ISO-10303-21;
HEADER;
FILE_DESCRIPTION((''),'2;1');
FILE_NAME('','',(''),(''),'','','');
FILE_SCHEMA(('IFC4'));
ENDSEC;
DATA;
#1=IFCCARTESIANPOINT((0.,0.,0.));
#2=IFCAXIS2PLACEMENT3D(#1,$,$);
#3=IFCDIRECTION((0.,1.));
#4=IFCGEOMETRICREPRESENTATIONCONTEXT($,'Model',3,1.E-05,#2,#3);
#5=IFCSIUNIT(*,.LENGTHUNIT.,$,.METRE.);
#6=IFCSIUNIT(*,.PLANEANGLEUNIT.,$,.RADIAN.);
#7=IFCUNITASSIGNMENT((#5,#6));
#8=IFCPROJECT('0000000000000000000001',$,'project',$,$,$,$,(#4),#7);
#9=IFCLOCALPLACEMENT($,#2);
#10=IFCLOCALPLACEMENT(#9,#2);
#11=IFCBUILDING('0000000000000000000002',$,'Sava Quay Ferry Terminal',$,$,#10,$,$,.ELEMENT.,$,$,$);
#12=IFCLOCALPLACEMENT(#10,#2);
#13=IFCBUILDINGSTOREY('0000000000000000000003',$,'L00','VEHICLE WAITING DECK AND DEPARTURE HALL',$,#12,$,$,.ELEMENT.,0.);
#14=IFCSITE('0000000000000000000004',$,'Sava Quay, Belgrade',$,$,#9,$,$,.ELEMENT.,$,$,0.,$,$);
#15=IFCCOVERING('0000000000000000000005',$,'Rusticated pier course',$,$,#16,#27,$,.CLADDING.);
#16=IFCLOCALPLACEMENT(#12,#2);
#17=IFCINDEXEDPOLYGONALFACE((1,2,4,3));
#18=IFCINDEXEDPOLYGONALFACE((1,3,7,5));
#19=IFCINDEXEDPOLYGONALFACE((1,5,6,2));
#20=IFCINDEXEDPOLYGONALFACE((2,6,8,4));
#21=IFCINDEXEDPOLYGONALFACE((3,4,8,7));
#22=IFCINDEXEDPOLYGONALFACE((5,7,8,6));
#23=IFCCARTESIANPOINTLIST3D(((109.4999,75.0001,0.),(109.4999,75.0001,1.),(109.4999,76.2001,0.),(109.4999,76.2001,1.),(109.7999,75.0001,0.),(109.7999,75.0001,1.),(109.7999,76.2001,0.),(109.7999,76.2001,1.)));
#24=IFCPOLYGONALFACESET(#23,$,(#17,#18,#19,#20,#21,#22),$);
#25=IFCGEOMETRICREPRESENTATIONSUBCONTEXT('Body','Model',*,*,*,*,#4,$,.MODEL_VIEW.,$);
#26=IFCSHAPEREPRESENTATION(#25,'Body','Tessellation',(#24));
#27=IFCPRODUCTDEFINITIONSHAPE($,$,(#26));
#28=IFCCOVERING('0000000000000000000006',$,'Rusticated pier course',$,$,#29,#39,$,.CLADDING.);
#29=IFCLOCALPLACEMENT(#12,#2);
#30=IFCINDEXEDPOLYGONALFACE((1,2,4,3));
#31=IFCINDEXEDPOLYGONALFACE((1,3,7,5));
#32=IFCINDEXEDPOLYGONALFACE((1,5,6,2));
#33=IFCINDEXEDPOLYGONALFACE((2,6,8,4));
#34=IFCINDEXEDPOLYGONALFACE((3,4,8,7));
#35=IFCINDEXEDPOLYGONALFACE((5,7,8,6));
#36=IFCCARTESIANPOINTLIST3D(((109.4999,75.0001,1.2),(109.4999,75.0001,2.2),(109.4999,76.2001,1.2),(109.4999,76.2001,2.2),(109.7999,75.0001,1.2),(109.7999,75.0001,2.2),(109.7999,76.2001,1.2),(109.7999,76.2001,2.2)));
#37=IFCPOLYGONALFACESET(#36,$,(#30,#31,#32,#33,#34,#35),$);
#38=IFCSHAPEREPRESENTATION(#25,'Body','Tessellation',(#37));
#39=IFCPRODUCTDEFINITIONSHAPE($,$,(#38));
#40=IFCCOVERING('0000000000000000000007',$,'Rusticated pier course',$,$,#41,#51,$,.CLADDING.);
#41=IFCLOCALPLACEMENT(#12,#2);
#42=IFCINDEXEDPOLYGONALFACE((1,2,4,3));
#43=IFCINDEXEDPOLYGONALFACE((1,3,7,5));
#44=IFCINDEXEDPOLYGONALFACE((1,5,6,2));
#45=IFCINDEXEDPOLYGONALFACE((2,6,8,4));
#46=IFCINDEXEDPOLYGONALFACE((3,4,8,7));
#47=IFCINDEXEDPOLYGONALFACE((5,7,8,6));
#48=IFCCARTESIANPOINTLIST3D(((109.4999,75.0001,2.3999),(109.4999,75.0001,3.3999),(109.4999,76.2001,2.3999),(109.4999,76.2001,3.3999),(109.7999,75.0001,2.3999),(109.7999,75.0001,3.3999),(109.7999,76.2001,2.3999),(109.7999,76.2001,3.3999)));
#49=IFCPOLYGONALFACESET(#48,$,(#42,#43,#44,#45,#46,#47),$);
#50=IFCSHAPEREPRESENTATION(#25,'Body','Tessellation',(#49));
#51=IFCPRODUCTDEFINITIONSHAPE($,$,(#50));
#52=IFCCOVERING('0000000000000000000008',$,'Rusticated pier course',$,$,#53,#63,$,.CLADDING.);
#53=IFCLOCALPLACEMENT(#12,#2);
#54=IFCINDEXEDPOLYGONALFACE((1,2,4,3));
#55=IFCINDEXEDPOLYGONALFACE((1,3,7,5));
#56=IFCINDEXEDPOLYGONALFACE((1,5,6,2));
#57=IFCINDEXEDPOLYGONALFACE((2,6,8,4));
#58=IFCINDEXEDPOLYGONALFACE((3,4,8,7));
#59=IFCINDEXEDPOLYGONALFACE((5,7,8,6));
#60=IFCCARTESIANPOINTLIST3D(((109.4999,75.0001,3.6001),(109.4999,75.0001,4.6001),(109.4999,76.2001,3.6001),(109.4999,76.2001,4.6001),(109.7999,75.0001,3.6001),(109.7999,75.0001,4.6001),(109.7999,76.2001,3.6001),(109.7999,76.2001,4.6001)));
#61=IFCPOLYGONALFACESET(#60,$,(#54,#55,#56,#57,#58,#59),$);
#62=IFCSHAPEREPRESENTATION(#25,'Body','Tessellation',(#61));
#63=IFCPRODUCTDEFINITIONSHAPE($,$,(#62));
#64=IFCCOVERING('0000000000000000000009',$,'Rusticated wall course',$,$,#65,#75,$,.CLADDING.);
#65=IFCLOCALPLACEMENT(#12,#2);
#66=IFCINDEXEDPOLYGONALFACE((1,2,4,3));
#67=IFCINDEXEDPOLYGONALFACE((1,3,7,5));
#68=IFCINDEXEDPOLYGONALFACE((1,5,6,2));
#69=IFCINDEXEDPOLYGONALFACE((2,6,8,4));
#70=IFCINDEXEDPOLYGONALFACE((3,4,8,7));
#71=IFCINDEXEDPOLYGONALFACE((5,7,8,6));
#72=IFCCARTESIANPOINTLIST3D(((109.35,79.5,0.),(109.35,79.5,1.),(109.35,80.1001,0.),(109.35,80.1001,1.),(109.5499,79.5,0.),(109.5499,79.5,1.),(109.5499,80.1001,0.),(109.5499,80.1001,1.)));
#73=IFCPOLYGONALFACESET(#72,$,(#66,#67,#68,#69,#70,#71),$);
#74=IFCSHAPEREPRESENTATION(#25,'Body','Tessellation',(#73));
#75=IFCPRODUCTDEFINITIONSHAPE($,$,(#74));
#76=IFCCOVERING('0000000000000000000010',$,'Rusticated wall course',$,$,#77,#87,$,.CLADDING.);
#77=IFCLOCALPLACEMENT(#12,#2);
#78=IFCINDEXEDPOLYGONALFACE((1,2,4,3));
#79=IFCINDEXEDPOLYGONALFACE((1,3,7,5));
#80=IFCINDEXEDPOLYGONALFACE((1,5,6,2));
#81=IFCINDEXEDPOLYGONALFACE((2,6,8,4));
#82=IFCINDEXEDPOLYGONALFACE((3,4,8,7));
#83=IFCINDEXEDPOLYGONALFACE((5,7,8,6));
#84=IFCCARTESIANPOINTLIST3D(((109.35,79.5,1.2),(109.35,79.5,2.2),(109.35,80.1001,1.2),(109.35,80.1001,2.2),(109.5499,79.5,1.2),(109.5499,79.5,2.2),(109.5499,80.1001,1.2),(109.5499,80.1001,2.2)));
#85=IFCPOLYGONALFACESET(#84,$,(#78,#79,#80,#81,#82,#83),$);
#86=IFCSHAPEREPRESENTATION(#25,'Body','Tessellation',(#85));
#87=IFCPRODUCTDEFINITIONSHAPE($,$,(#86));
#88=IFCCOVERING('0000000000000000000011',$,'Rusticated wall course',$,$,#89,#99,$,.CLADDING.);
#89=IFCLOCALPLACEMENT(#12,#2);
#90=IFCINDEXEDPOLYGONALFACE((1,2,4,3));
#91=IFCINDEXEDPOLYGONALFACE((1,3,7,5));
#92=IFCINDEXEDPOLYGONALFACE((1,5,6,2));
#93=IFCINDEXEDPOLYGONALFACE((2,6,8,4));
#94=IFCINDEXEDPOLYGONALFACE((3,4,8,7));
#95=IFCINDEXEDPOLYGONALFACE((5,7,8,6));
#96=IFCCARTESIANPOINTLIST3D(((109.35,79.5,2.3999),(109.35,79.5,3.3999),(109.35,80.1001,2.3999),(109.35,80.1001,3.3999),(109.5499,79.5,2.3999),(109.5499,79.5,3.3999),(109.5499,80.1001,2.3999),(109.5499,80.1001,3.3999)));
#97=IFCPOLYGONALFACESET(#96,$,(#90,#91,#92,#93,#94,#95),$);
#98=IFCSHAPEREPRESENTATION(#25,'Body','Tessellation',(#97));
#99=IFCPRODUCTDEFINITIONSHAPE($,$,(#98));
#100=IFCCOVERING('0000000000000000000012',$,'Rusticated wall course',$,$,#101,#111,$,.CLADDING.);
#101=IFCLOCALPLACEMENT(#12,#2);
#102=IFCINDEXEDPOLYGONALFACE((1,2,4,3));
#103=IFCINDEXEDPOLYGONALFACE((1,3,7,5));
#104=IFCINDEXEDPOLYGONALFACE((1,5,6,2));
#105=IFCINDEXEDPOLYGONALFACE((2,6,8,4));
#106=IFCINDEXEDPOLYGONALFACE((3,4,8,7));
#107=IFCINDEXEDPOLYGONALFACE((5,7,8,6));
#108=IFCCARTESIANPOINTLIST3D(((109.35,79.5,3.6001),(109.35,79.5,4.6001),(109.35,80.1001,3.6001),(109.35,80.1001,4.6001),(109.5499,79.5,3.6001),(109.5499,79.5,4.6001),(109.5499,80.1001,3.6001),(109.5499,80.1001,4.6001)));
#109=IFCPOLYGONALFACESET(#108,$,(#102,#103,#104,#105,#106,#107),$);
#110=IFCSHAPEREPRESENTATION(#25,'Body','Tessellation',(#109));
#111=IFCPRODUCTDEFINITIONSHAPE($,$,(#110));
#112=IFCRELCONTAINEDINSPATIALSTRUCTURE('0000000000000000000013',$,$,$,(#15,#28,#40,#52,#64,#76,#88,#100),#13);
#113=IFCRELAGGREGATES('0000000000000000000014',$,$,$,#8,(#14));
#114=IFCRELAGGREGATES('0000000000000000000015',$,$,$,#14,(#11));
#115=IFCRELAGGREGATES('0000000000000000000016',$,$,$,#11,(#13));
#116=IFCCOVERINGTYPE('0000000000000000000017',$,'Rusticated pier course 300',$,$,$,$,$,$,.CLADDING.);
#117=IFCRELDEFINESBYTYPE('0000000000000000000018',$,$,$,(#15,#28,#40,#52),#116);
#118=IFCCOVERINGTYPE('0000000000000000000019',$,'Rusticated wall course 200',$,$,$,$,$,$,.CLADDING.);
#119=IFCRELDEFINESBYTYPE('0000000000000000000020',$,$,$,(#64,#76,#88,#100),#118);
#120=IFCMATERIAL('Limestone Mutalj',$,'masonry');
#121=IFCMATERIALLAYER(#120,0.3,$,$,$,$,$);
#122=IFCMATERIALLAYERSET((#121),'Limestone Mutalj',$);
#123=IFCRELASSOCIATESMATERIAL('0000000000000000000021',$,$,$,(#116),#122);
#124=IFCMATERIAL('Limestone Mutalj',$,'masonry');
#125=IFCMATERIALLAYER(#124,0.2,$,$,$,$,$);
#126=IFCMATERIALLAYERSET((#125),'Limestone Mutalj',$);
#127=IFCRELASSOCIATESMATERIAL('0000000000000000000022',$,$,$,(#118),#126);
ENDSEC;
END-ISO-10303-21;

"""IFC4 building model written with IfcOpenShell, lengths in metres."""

from ifc_helpers import new_model, si_unit, direction, frame, origin, origin_2d, place, context, subcontext, project, spatial, rectangle, extrude, material, layer, layer_set, type_object, element, save


model = new_model("IFC4")

# Units and contexts
model_context = context("Model", 3, precision=1e-05, world=origin(), true_north=direction((0.0, 1.0)))
body_context = subcontext(model_context, "Body", "Model", "MODEL_VIEW")
ifc_project = project(units=[si_unit("LENGTHUNIT", "METRE"), si_unit("PLANEANGLEUNIT", "RADIAN")], contexts=[model_context])

# Site, building, storey
site_placement = place(None, origin())
site = spatial("IfcSite", under=ifc_project, at=site_placement, Name="Sava Quay, Belgrade", CompositionType="ELEMENT", RefElevation=0.0)
building_placement = place(site_placement, origin())
building = spatial("IfcBuilding", under=site, at=building_placement, Name="Sava Quay Ferry Terminal", CompositionType="ELEMENT")
storey_placement = place(building_placement, origin())
storey = spatial("IfcBuildingStorey", under=building, at=storey_placement, Name="L00", Description="VEHICLE WAITING DECK AND DEPARTURE HALL", CompositionType="ELEMENT", Elevation=0.0)

# Coverings
ifc_material_1 = material(Name="Limestone Mutalj", Category="masonry")
ifc_layer_1 = layer(ifc_material_1, 0.3)
ifc_layer_set_1 = layer_set([ifc_layer_1], Name="Limestone Mutalj")
covering_type_1 = type_object("IfcCoveringType", Name="Rusticated pier course 300", PredefinedType="CLADDING", material=ifc_layer_set_1)
for number, where, z_axis, x_axis, name in (
    (1, (109.6499, 75.6001, 0.0), (0.0, 0.0, 1.0), (1.0, 0.0, 0.0), "Rusticated pier course"),
    (2, (109.6499, 75.6001, 1.2), (0.0, 0.0, 1.0), (1.0, 0.0, 0.0), "Rusticated pier course"),
    (3, (109.6499, 75.6001, 2.3999), (0.0, 0.0, 1.0), (1.0, 0.0, 0.0), "Rusticated pier course"),
    (4, (109.6499, 75.6001, 3.6001), (0.0, 0.0, 1.0), (1.0, 0.0, 0.0), "Rusticated pier course"),
):
    element("IfcCovering", number, at=place(storey_placement, frame(where, z_axis=z_axis, x_axis=x_axis)), inside=storey, type_object=covering_type_1, Name=name, PredefinedType="CLADDING", context=body_context, shape_type="SweptSolid", body=[
        extrude(rectangle(XDim=0.3, YDim=1.2, at=origin_2d()), origin(), (0.0, 0.0, 1.0), 1.0),
    ])
ifc_material_2 = material(Name="Limestone Mutalj", Category="masonry")
ifc_layer_2 = layer(ifc_material_2, 0.2)
ifc_layer_set_2 = layer_set([ifc_layer_2], Name="Limestone Mutalj")
covering_type_2 = type_object("IfcCoveringType", Name="Rusticated wall course 200", PredefinedType="CLADDING", material=ifc_layer_set_2)
for number, where, z_axis, x_axis, name in (
    (5, (109.45, 79.8, 0.0), (0.0, 0.0, 1.0), (1.0, 0.0, 0.0), "Rusticated wall course"),
    (6, (109.45, 79.8, 1.2), (0.0, 0.0, 1.0), (1.0, 0.0, 0.0), "Rusticated wall course"),
    (7, (109.45, 79.8, 2.3999), (0.0, 0.0, 1.0), (1.0, 0.0, 0.0), "Rusticated wall course"),
    (8, (109.45, 79.8, 3.6001), (0.0, 0.0, 1.0), (1.0, 0.0, 0.0), "Rusticated wall course"),
):
    element("IfcCovering", number, at=place(storey_placement, frame(where, z_axis=z_axis, x_axis=x_axis)), inside=storey, type_object=covering_type_2, Name=name, PredefinedType="CLADDING", context=body_context, shape_type="SweptSolid", body=[
        extrude(rectangle(XDim=0.2, YDim=0.6001, at=origin_2d()), origin(), (0.0, 0.0, 1.0), 1.0),
    ])

save(model, "model.ifc")
